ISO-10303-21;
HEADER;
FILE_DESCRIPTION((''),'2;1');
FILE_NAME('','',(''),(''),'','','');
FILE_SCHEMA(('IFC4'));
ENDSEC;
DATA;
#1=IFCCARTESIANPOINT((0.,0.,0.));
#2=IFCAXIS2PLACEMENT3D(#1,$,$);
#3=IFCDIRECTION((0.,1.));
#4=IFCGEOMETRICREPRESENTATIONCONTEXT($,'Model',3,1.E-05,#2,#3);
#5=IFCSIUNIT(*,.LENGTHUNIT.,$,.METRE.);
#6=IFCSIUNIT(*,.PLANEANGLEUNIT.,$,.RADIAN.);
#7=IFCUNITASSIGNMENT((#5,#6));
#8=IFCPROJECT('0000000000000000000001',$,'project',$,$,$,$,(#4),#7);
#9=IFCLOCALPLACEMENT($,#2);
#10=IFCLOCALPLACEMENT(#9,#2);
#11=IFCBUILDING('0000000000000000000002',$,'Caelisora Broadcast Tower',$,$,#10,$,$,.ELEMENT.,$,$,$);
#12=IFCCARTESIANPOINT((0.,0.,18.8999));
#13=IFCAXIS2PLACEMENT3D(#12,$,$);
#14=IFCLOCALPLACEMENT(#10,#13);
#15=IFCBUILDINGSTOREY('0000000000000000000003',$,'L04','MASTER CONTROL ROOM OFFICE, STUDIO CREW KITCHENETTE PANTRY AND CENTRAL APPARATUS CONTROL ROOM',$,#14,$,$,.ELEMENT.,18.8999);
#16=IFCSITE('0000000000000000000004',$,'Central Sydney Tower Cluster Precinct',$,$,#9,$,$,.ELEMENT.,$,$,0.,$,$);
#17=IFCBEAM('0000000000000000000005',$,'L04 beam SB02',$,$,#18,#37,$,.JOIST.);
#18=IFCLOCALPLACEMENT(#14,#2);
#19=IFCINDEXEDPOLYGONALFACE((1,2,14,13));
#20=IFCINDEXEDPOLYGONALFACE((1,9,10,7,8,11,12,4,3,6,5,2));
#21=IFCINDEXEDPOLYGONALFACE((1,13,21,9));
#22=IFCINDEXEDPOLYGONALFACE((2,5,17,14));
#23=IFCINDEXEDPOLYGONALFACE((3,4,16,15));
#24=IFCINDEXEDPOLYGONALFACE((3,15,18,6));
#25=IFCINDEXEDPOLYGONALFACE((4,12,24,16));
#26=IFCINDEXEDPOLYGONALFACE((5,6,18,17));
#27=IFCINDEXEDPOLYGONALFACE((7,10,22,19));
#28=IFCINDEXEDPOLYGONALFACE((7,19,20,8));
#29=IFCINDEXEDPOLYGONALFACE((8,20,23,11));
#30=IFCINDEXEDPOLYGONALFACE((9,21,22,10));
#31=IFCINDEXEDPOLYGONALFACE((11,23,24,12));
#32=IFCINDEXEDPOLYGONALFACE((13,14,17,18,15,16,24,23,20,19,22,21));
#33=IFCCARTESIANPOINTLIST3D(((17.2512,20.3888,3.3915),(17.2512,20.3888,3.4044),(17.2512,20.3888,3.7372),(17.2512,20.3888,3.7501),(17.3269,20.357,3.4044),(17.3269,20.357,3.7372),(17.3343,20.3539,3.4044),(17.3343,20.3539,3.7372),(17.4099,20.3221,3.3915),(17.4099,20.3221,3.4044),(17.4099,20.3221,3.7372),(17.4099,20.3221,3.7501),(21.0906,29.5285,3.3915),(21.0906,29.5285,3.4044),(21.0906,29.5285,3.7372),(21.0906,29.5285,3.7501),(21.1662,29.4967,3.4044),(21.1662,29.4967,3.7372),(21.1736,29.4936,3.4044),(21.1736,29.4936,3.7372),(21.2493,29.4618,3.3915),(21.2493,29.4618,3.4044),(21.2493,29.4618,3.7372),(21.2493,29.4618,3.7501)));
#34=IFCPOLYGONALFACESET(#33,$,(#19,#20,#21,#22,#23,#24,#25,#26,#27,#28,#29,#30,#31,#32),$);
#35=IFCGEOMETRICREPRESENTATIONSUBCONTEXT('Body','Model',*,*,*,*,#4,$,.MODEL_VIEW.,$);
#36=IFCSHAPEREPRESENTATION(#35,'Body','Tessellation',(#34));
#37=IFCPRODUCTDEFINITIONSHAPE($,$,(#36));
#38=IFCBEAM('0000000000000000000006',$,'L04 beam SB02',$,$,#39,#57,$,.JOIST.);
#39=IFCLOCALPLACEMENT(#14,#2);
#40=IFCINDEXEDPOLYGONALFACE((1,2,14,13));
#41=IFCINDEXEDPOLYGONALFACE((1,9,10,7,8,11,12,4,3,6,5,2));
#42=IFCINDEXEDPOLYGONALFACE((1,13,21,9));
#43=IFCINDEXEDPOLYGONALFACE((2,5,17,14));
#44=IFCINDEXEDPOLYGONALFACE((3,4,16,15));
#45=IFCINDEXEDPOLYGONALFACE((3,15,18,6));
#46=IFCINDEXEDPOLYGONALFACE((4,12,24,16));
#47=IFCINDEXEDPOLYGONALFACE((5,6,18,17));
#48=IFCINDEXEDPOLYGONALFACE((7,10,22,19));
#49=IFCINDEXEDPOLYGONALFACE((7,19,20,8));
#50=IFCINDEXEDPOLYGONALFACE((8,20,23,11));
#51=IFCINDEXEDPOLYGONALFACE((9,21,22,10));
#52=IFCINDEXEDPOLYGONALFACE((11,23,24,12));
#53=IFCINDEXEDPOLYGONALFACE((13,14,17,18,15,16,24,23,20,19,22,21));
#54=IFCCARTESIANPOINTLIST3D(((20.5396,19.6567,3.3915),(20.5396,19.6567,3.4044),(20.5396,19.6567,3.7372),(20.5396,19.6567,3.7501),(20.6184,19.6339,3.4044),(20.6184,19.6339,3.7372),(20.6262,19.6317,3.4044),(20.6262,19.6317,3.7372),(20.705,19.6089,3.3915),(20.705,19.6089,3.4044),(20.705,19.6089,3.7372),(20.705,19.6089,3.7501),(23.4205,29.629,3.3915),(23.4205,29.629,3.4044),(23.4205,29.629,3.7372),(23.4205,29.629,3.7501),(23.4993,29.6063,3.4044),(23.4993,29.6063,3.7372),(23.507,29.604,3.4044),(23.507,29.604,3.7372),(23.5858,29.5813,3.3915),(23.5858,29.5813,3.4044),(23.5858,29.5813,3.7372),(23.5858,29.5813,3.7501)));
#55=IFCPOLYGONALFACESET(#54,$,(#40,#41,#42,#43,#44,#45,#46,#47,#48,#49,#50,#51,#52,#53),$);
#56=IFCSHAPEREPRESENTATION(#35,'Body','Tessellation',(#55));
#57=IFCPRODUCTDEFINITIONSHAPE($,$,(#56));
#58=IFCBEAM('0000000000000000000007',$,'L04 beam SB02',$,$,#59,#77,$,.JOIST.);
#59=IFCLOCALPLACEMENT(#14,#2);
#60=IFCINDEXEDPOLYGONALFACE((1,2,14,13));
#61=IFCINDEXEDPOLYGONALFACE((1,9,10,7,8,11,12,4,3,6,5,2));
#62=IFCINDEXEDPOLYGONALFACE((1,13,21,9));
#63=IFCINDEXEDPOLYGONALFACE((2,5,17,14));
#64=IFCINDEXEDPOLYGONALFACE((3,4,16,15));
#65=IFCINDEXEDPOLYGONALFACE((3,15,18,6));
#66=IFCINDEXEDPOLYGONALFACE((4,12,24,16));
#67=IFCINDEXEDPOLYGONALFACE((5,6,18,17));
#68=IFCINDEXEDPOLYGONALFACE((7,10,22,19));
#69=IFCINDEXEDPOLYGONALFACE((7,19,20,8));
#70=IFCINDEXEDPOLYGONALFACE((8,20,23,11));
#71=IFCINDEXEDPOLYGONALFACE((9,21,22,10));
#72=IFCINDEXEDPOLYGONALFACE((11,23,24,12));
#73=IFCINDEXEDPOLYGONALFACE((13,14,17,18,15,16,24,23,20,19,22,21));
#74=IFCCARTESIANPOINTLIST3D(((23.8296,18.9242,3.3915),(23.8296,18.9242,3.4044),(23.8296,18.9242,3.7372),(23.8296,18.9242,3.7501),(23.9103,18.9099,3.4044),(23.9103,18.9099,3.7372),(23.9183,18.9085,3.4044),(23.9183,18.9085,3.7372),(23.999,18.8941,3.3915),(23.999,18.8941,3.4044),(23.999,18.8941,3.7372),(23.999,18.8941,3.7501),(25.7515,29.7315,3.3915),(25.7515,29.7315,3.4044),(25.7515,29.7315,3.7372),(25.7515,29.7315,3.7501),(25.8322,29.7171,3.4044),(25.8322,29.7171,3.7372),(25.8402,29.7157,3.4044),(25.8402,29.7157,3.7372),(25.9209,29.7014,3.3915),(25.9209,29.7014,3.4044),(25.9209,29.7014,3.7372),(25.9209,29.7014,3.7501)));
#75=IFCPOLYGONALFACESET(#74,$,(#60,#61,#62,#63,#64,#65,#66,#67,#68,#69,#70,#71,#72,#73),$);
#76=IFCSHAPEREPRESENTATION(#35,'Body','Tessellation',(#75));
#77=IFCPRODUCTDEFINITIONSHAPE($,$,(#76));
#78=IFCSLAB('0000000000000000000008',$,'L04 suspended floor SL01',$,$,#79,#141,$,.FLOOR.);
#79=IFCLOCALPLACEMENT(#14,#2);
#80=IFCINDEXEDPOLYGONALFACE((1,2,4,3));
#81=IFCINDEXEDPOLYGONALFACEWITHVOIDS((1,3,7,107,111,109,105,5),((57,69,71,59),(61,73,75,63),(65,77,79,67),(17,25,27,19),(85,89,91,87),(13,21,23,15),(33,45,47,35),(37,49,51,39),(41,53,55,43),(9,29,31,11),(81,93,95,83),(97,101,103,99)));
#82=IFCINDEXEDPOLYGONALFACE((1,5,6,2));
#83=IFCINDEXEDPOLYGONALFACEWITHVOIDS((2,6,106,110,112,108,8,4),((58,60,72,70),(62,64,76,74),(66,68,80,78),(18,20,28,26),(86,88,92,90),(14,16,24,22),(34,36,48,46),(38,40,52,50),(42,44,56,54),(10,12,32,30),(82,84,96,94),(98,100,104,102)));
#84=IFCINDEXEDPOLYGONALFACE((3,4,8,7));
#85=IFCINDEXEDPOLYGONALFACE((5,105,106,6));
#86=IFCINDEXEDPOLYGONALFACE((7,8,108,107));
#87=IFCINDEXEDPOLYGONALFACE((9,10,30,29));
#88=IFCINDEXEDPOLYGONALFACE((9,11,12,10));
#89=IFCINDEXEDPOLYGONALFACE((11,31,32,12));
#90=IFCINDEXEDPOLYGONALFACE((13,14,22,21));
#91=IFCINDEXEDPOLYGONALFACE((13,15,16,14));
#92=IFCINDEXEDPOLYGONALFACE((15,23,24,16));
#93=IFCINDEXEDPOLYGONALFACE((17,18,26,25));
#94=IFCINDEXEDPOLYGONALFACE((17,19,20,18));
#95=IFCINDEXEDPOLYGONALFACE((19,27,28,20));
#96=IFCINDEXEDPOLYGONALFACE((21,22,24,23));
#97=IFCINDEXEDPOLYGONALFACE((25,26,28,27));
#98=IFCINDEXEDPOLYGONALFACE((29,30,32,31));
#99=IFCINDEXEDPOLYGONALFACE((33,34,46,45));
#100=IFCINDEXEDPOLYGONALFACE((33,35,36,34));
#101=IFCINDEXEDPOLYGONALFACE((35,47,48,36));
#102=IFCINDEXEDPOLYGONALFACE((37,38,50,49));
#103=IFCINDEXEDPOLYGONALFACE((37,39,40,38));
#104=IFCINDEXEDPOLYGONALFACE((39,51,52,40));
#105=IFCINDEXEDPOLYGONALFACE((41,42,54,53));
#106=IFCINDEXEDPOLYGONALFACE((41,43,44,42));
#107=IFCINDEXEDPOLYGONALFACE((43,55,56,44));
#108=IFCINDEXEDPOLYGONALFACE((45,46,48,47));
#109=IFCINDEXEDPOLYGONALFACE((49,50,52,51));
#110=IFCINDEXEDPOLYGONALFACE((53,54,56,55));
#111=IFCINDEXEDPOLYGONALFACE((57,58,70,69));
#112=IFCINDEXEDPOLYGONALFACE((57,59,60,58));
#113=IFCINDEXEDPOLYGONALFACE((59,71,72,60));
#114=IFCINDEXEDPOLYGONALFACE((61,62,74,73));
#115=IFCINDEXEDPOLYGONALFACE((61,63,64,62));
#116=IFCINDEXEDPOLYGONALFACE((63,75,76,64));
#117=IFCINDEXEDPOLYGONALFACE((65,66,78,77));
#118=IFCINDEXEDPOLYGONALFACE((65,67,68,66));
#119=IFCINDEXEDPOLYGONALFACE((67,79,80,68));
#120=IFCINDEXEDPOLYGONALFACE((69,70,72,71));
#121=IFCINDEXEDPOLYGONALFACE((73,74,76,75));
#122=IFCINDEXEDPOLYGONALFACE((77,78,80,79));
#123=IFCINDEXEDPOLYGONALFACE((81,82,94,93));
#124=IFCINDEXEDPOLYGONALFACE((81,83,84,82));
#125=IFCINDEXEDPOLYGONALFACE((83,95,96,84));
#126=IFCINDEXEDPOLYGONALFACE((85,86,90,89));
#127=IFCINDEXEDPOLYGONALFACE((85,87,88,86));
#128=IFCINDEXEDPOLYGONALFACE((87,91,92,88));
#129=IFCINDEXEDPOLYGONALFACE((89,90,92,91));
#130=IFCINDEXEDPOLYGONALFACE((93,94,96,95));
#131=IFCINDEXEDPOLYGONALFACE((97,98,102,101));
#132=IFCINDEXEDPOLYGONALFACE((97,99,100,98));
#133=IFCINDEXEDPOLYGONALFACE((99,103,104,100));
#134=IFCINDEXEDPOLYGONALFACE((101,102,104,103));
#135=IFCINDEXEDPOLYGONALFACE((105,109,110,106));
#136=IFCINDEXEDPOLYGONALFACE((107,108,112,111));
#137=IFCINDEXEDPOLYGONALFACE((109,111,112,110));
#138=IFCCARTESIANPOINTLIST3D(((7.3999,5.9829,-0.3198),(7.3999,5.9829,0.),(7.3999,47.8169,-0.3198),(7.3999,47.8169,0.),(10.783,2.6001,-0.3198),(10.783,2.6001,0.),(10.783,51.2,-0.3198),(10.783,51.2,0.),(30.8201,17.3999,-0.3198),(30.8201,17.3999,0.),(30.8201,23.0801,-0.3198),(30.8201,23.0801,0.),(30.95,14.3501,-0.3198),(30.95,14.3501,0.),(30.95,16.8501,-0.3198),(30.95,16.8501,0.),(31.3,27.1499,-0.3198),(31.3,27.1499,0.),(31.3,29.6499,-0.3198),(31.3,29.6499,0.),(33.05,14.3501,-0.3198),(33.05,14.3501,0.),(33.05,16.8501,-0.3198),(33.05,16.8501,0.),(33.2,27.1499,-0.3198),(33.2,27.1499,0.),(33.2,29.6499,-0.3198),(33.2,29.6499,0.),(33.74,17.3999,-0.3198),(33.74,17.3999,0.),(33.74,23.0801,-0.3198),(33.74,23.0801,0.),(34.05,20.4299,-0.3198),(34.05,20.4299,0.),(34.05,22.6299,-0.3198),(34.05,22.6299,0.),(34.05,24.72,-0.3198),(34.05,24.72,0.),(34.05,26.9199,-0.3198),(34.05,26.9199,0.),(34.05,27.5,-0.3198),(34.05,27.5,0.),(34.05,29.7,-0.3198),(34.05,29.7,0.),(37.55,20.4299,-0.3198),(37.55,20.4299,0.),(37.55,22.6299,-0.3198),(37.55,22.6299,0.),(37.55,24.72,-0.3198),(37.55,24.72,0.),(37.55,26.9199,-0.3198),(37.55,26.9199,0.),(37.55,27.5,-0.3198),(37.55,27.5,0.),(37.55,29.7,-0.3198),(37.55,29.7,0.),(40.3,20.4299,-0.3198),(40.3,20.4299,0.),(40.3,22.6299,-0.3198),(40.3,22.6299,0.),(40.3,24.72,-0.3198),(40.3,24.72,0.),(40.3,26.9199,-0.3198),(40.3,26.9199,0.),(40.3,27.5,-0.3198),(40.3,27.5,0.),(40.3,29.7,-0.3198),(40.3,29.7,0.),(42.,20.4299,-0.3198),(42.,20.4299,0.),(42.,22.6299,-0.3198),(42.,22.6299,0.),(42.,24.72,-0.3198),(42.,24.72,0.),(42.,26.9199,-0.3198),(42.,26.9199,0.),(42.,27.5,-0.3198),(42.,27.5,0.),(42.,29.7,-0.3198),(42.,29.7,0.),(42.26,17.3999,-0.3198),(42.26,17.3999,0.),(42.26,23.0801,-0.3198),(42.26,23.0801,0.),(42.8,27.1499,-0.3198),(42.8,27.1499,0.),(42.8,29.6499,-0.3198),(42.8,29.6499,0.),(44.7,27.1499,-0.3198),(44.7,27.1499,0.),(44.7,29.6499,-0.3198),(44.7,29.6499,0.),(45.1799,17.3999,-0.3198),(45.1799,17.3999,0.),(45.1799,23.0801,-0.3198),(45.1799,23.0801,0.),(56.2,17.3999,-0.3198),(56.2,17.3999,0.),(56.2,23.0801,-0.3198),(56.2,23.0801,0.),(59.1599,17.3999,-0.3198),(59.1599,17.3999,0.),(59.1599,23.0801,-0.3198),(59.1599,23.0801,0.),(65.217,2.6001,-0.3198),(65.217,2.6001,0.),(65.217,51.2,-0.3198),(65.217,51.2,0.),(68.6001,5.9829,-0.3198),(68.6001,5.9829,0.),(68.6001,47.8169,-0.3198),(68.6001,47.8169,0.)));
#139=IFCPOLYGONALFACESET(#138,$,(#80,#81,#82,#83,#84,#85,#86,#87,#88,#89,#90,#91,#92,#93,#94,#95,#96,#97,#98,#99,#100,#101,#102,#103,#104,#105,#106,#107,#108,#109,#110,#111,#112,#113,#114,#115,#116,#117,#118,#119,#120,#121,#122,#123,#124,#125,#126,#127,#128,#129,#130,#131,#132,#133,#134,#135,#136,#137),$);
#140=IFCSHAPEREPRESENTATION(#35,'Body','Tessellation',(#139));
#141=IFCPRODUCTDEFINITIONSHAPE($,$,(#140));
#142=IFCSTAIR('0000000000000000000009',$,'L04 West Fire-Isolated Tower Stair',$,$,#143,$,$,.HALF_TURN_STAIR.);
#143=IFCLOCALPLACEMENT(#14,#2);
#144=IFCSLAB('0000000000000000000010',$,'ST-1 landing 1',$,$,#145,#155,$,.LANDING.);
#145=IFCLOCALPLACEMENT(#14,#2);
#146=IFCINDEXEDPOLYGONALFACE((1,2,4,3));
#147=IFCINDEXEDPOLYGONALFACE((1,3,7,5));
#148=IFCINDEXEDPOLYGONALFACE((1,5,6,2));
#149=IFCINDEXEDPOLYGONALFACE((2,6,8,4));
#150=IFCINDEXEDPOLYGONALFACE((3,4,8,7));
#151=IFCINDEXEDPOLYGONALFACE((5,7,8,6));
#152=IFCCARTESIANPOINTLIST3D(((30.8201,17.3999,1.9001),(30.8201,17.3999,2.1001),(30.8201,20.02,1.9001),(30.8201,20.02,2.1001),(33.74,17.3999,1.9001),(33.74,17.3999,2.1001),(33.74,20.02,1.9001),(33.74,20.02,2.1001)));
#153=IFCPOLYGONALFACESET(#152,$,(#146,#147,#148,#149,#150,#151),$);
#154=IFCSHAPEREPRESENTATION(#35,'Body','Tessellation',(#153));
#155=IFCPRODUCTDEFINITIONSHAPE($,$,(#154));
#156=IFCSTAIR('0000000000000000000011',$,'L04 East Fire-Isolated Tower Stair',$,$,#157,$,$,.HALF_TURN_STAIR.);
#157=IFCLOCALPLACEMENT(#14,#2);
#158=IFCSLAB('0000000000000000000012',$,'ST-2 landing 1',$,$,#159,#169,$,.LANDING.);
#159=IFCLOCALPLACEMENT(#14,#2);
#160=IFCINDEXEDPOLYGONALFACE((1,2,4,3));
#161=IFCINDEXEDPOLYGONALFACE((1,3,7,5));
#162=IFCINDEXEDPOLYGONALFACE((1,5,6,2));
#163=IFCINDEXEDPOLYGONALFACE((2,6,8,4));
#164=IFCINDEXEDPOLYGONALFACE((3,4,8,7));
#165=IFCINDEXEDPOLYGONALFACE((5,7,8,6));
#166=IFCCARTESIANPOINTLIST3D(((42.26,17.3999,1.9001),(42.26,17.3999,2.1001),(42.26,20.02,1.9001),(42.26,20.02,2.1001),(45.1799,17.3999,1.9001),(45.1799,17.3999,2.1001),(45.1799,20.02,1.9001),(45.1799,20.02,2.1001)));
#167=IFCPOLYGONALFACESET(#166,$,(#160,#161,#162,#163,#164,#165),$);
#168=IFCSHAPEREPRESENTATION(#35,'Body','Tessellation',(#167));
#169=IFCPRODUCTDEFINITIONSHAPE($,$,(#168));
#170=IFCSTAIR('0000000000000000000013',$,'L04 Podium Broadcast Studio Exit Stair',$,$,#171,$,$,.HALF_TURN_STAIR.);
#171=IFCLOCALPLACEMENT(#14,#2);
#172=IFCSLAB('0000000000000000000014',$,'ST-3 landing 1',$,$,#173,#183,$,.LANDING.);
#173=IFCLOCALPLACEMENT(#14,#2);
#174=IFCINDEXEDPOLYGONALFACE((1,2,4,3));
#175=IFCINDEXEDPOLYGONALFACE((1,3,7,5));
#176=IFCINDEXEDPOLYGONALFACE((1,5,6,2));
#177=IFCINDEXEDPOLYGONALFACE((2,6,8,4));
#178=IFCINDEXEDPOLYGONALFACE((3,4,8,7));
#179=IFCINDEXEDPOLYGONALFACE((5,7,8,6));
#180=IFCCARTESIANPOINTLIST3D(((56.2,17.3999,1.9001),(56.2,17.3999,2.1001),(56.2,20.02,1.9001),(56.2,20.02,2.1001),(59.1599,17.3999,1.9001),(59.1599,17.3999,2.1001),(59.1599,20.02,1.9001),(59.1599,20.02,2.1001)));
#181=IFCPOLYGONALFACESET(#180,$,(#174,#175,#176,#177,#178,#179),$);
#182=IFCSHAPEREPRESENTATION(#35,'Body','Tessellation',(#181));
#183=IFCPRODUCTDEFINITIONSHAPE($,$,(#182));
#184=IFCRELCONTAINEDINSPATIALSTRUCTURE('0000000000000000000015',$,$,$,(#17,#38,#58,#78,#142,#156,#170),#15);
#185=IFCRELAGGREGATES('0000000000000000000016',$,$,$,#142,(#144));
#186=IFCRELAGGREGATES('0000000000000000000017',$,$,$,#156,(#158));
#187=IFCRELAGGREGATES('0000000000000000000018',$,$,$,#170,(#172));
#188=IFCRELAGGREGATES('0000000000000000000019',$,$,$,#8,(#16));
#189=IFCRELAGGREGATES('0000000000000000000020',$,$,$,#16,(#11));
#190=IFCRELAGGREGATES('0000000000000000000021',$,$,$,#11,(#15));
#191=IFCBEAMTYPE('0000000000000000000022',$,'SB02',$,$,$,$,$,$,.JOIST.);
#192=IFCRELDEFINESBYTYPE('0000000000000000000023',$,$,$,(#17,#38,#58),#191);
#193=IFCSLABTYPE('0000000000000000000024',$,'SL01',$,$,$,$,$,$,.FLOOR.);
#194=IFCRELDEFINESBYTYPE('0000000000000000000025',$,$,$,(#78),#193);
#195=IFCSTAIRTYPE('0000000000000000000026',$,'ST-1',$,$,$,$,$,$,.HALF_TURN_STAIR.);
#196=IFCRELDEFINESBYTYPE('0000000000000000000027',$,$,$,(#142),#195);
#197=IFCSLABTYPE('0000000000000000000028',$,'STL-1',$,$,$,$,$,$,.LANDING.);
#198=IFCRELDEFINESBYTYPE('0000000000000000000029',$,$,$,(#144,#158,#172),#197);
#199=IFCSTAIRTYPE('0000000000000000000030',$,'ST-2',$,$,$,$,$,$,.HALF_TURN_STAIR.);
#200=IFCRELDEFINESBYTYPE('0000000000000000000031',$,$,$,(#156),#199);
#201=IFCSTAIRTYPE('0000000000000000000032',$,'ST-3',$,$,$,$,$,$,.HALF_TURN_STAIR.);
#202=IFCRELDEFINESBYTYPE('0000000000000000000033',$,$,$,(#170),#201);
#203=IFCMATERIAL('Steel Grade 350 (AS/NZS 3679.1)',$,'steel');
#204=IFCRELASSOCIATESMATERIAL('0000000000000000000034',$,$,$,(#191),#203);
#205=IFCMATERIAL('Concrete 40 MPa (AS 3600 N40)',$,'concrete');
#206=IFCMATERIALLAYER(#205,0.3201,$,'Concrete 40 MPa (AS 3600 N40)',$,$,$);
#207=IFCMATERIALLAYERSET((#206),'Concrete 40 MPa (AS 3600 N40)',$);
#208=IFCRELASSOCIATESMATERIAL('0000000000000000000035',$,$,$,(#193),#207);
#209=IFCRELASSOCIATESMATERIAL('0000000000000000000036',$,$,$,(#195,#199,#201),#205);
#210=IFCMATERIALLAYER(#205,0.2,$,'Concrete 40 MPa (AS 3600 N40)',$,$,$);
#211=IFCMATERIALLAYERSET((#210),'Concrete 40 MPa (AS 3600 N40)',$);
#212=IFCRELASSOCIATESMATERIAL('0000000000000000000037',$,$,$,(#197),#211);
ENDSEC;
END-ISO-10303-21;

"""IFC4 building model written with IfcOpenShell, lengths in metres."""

from ifc_helpers import new_model, si_unit, direction, frame, origin, origin_2d, place, context, subcontext, project, spatial, polyline, i_section, outline, extrude, source, transform, mapped, material, layer, layer_set, material_profile, profile_set, type_object, type_shapes, element, aggregate, save


model = new_model("IFC4")

# Units and contexts
model_context = context("Model", 3, precision=1e-05, world=origin(), true_north=direction((0.0, 1.0)))
body_context = subcontext(model_context, "Body", "Model", "MODEL_VIEW")
ifc_project = project(units=[si_unit("LENGTHUNIT", "METRE"), si_unit("PLANEANGLEUNIT", "RADIAN")], contexts=[model_context])

# Site, building, storey
site_placement = place(None, origin())
site = spatial("IfcSite", under=ifc_project, at=site_placement, Name="Central Sydney Tower Cluster Precinct", CompositionType="ELEMENT", RefElevation=0.0)
building_placement = place(site_placement, origin())
building = spatial("IfcBuilding", under=site, at=building_placement, Name="Caelisora Broadcast Tower", CompositionType="ELEMENT")
storey_placement = place(building_placement, frame((0.0, 0.0, 18.8999)))
storey = spatial("IfcBuildingStorey", under=building, at=storey_placement, Name="L04", Description="MASTER CONTROL ROOM OFFICE, STUDIO CREW KITCHENETTE PANTRY AND CENTRAL APPARATUS CONTROL ROOM", CompositionType="ELEMENT", Elevation=18.8999)

# Beams
ifc_material_1 = material(Name="Steel Grade 350 (AS/NZS 3679.1)", Category="steel")
ifc_material_profile_1 = material_profile(ifc_material_1, i_section(OverallWidth=0.1721, OverallDepth=0.3586, WebThickness=0.0081, FlangeThickness=0.0129, at=origin_2d()), Name="Steel Grade 350 (AS/NZS 3679.1)")
ifc_profile_set_1 = profile_set([ifc_material_profile_1], Name="Steel Grade 350 (AS/NZS 3679.1)")
beam_type_1 = type_object("IfcBeamType", Name="SB02", PredefinedType="JOIST", material=ifc_profile_set_1)
shared_shape_1 = source(origin(), body_context, "Body", "SweptSolid", [
    extrude(i_section(OverallWidth=0.1721, OverallDepth=0.3586, WebThickness=0.0081, FlangeThickness=0.0129, at=origin_2d()), origin(), (0.0, 0.0, 1.0), 9.9133),
])
beam_1_placement = place(storey_placement, frame((17.3306, 20.3555, 3.5708), z_axis=(0.387293, 0.921957, 0.0), x_axis=(-0.921957, 0.387293, 0.0)))
element("IfcBeam", 1, at=beam_1_placement, inside=storey, type_object=beam_type_1, Name="L04 beam SB02", PredefinedType="JOIST", context=body_context, shape_type="MappedRepresentation", body=[
    mapped(shared_shape_1, transform((0.0, 0.0, 0.0), scale=1.0)),
])
shared_shape_2 = source(origin(), body_context, "Body", "SweptSolid", [
    extrude(i_section(OverallWidth=0.1721, OverallDepth=0.3586, WebThickness=0.0081, FlangeThickness=0.0129, at=origin_2d()), origin(), (0.0, 0.0, 1.0), 10.3801),
])
beam_2_placement = place(storey_placement, frame((20.6223, 19.6328, 3.5708), z_axis=(0.277534, 0.960716, 0.0), x_axis=(-0.960716, 0.277534, 0.0)))
element("IfcBeam", 2, at=beam_2_placement, inside=storey, type_object=beam_type_1, Name="L04 beam SB02", PredefinedType="JOIST", context=body_context, shape_type="MappedRepresentation", body=[
    mapped(shared_shape_2, transform((0.0, 0.0, 0.0), scale=1.0)),
])
shared_shape_3 = source(origin(), body_context, "Body", "SweptSolid", [
    extrude(i_section(OverallWidth=0.1721, OverallDepth=0.3586, WebThickness=0.0081, FlangeThickness=0.0129, at=origin_2d()), origin(), (0.0, 0.0, 1.0), 10.9768),
])
type_shapes(beam_type_1, [shared_shape_1, shared_shape_2, shared_shape_3])
beam_3_placement = place(storey_placement, frame((23.9143, 18.9092, 3.5708), z_axis=(0.175087, 0.984553, 0.0), x_axis=(-0.984553, 0.175087, 0.0)))
element("IfcBeam", 3, at=beam_3_placement, inside=storey, type_object=beam_type_1, Name="L04 beam SB02", PredefinedType="JOIST", context=body_context, shape_type="MappedRepresentation", body=[
    mapped(shared_shape_3, transform((0.0, 0.0, 0.0), scale=1.0)),
])

# Slab
ifc_material_2 = material(Name="Concrete 40 MPa (AS 3600 N40)", Category="concrete")
ifc_layer_1 = layer(ifc_material_2, 0.3201, Name="Concrete 40 MPa (AS 3600 N40)")
ifc_layer_set_1 = layer_set([ifc_layer_1], Name="Concrete 40 MPa (AS 3600 N40)")
slab_type_1 = type_object("IfcSlabType", Name="SL01", PredefinedType="FLOOR", material=ifc_layer_set_1)
slab_1_placement = place(storey_placement, frame((0.0, 0.0, -0.3198)))
element("IfcSlab", 4, at=slab_1_placement, inside=storey, type_object=slab_type_1, Name="L04 suspended floor SL01", PredefinedType="FLOOR", context=body_context, shape_type="SweptSolid", body=[
    extrude(outline(polyline([(10.783, 2.6001), (7.3999, 5.9829), (7.3999, 47.8169), (10.783, 51.2), (65.217, 51.2), (68.6001, 47.8169), (68.6001, 5.9829), (65.217, 2.6001), (10.783, 2.6001)]), holes=[polyline([(30.8201, 17.3999), (33.74, 17.3999), (33.74, 23.0801), (30.8201, 23.0801), (30.8201, 17.3999)]), polyline([(42.26, 17.3999), (45.1799, 17.3999), (45.1799, 23.0801), (42.26, 23.0801), (42.26, 17.3999)]), polyline([(56.2, 17.3999), (59.1599, 17.3999), (59.1599, 23.0801), (56.2, 23.0801), (56.2, 17.3999)]), polyline([(42.8, 27.1499), (44.7, 27.1499), (44.7, 29.6499), (42.8, 29.6499), (42.8, 27.1499)]), polyline([(40.3, 20.4299), (42.0, 20.4299), (42.0, 22.6299), (40.3, 22.6299), (40.3, 20.4299)]), polyline([(40.3, 24.72), (42.0, 24.72), (42.0, 26.9199), (40.3, 26.9199), (40.3, 24.72)]), polyline([(40.3, 27.5), (42.0, 27.5), (42.0, 29.7), (40.3, 29.7), (40.3, 27.5)]), polyline([(34.05, 27.5), (37.55, 27.5), (37.55, 29.7), (34.05, 29.7), (34.05, 27.5)]), polyline([(34.05, 20.4299), (37.55, 20.4299), (37.55, 22.6299), (34.05, 22.6299), (34.05, 20.4299)]), polyline([(34.05, 24.72), (37.55, 24.72), (37.55, 26.9199), (34.05, 26.9199), (34.05, 24.72)]), polyline([(31.3, 27.1499), (33.2, 27.1499), (33.2, 29.6499), (31.3, 29.6499), (31.3, 27.1499)]), polyline([(30.95, 14.3501), (33.05, 14.3501), (33.05, 16.8501), (30.95, 16.8501), (30.95, 14.3501)])]), origin(), (0.0, 0.0, 1.0), 0.3198),
])

# Stairs, slabs
stair_type_1 = type_object("IfcStairType", Name="ST-1", PredefinedType="HALF_TURN_STAIR", material=ifc_material_2)
stair_1_placement = place(storey_placement, origin())
stair_1 = element("IfcStair", 5, at=stair_1_placement, inside=storey, type_object=stair_type_1, Name="L04 West Fire-Isolated Tower Stair", PredefinedType="HALF_TURN_STAIR")
ifc_layer_2 = layer(ifc_material_2, 0.2, Name="Concrete 40 MPa (AS 3600 N40)")
ifc_layer_set_2 = layer_set([ifc_layer_2], Name="Concrete 40 MPa (AS 3600 N40)")
slab_type_2 = type_object("IfcSlabType", Name="STL-1", PredefinedType="LANDING", material=ifc_layer_set_2)
slab_2_placement = place(storey_placement, frame((0.0, 0.0, 1.9001)))
slab_2 = element("IfcSlab", 6, at=slab_2_placement, type_object=slab_type_2, Name="ST-1 landing 1", PredefinedType="LANDING", context=body_context, shape_type="SweptSolid", body=[
    extrude(outline(polyline([(30.8201, 20.02), (30.8201, 17.3999), (33.74, 17.3999), (33.74, 20.02), (30.8201, 20.02)])), origin(), (0.0, 0.0, 1.0), 0.2),
])
aggregate(stair_1, [slab_2])
stair_type_2 = type_object("IfcStairType", Name="ST-2", PredefinedType="HALF_TURN_STAIR", material=ifc_material_2)
stair_2_placement = place(storey_placement, origin())
stair_2 = element("IfcStair", 7, at=stair_2_placement, inside=storey, type_object=stair_type_2, Name="L04 East Fire-Isolated Tower Stair", PredefinedType="HALF_TURN_STAIR")
slab_3_placement = place(storey_placement, frame((0.0, 0.0, 1.9001)))
slab_3 = element("IfcSlab", 8, at=slab_3_placement, type_object=slab_type_2, Name="ST-2 landing 1", PredefinedType="LANDING", context=body_context, shape_type="SweptSolid", body=[
    extrude(outline(polyline([(42.26, 20.02), (42.26, 17.3999), (45.1799, 17.3999), (45.1799, 20.02), (42.26, 20.02)])), origin(), (0.0, 0.0, 1.0), 0.2),
])
aggregate(stair_2, [slab_3])
stair_type_3 = type_object("IfcStairType", Name="ST-3", PredefinedType="HALF_TURN_STAIR", material=ifc_material_2)
stair_3_placement = place(storey_placement, origin())
stair_3 = element("IfcStair", 9, at=stair_3_placement, inside=storey, type_object=stair_type_3, Name="L04 Podium Broadcast Studio Exit Stair", PredefinedType="HALF_TURN_STAIR")
slab_4_placement = place(storey_placement, frame((0.0, 0.0, 1.9001)))
slab_4 = element("IfcSlab", 10, at=slab_4_placement, type_object=slab_type_2, Name="ST-3 landing 1", PredefinedType="LANDING", context=body_context, shape_type="SweptSolid", body=[
    extrude(outline(polyline([(56.2, 20.02), (56.2, 17.3999), (59.1599, 17.3999), (59.1599, 20.02), (56.2, 20.02)])), origin(), (0.0, 0.0, 1.0), 0.2),
])
aggregate(stair_3, [slab_4])

save(model, "model.ifc")
